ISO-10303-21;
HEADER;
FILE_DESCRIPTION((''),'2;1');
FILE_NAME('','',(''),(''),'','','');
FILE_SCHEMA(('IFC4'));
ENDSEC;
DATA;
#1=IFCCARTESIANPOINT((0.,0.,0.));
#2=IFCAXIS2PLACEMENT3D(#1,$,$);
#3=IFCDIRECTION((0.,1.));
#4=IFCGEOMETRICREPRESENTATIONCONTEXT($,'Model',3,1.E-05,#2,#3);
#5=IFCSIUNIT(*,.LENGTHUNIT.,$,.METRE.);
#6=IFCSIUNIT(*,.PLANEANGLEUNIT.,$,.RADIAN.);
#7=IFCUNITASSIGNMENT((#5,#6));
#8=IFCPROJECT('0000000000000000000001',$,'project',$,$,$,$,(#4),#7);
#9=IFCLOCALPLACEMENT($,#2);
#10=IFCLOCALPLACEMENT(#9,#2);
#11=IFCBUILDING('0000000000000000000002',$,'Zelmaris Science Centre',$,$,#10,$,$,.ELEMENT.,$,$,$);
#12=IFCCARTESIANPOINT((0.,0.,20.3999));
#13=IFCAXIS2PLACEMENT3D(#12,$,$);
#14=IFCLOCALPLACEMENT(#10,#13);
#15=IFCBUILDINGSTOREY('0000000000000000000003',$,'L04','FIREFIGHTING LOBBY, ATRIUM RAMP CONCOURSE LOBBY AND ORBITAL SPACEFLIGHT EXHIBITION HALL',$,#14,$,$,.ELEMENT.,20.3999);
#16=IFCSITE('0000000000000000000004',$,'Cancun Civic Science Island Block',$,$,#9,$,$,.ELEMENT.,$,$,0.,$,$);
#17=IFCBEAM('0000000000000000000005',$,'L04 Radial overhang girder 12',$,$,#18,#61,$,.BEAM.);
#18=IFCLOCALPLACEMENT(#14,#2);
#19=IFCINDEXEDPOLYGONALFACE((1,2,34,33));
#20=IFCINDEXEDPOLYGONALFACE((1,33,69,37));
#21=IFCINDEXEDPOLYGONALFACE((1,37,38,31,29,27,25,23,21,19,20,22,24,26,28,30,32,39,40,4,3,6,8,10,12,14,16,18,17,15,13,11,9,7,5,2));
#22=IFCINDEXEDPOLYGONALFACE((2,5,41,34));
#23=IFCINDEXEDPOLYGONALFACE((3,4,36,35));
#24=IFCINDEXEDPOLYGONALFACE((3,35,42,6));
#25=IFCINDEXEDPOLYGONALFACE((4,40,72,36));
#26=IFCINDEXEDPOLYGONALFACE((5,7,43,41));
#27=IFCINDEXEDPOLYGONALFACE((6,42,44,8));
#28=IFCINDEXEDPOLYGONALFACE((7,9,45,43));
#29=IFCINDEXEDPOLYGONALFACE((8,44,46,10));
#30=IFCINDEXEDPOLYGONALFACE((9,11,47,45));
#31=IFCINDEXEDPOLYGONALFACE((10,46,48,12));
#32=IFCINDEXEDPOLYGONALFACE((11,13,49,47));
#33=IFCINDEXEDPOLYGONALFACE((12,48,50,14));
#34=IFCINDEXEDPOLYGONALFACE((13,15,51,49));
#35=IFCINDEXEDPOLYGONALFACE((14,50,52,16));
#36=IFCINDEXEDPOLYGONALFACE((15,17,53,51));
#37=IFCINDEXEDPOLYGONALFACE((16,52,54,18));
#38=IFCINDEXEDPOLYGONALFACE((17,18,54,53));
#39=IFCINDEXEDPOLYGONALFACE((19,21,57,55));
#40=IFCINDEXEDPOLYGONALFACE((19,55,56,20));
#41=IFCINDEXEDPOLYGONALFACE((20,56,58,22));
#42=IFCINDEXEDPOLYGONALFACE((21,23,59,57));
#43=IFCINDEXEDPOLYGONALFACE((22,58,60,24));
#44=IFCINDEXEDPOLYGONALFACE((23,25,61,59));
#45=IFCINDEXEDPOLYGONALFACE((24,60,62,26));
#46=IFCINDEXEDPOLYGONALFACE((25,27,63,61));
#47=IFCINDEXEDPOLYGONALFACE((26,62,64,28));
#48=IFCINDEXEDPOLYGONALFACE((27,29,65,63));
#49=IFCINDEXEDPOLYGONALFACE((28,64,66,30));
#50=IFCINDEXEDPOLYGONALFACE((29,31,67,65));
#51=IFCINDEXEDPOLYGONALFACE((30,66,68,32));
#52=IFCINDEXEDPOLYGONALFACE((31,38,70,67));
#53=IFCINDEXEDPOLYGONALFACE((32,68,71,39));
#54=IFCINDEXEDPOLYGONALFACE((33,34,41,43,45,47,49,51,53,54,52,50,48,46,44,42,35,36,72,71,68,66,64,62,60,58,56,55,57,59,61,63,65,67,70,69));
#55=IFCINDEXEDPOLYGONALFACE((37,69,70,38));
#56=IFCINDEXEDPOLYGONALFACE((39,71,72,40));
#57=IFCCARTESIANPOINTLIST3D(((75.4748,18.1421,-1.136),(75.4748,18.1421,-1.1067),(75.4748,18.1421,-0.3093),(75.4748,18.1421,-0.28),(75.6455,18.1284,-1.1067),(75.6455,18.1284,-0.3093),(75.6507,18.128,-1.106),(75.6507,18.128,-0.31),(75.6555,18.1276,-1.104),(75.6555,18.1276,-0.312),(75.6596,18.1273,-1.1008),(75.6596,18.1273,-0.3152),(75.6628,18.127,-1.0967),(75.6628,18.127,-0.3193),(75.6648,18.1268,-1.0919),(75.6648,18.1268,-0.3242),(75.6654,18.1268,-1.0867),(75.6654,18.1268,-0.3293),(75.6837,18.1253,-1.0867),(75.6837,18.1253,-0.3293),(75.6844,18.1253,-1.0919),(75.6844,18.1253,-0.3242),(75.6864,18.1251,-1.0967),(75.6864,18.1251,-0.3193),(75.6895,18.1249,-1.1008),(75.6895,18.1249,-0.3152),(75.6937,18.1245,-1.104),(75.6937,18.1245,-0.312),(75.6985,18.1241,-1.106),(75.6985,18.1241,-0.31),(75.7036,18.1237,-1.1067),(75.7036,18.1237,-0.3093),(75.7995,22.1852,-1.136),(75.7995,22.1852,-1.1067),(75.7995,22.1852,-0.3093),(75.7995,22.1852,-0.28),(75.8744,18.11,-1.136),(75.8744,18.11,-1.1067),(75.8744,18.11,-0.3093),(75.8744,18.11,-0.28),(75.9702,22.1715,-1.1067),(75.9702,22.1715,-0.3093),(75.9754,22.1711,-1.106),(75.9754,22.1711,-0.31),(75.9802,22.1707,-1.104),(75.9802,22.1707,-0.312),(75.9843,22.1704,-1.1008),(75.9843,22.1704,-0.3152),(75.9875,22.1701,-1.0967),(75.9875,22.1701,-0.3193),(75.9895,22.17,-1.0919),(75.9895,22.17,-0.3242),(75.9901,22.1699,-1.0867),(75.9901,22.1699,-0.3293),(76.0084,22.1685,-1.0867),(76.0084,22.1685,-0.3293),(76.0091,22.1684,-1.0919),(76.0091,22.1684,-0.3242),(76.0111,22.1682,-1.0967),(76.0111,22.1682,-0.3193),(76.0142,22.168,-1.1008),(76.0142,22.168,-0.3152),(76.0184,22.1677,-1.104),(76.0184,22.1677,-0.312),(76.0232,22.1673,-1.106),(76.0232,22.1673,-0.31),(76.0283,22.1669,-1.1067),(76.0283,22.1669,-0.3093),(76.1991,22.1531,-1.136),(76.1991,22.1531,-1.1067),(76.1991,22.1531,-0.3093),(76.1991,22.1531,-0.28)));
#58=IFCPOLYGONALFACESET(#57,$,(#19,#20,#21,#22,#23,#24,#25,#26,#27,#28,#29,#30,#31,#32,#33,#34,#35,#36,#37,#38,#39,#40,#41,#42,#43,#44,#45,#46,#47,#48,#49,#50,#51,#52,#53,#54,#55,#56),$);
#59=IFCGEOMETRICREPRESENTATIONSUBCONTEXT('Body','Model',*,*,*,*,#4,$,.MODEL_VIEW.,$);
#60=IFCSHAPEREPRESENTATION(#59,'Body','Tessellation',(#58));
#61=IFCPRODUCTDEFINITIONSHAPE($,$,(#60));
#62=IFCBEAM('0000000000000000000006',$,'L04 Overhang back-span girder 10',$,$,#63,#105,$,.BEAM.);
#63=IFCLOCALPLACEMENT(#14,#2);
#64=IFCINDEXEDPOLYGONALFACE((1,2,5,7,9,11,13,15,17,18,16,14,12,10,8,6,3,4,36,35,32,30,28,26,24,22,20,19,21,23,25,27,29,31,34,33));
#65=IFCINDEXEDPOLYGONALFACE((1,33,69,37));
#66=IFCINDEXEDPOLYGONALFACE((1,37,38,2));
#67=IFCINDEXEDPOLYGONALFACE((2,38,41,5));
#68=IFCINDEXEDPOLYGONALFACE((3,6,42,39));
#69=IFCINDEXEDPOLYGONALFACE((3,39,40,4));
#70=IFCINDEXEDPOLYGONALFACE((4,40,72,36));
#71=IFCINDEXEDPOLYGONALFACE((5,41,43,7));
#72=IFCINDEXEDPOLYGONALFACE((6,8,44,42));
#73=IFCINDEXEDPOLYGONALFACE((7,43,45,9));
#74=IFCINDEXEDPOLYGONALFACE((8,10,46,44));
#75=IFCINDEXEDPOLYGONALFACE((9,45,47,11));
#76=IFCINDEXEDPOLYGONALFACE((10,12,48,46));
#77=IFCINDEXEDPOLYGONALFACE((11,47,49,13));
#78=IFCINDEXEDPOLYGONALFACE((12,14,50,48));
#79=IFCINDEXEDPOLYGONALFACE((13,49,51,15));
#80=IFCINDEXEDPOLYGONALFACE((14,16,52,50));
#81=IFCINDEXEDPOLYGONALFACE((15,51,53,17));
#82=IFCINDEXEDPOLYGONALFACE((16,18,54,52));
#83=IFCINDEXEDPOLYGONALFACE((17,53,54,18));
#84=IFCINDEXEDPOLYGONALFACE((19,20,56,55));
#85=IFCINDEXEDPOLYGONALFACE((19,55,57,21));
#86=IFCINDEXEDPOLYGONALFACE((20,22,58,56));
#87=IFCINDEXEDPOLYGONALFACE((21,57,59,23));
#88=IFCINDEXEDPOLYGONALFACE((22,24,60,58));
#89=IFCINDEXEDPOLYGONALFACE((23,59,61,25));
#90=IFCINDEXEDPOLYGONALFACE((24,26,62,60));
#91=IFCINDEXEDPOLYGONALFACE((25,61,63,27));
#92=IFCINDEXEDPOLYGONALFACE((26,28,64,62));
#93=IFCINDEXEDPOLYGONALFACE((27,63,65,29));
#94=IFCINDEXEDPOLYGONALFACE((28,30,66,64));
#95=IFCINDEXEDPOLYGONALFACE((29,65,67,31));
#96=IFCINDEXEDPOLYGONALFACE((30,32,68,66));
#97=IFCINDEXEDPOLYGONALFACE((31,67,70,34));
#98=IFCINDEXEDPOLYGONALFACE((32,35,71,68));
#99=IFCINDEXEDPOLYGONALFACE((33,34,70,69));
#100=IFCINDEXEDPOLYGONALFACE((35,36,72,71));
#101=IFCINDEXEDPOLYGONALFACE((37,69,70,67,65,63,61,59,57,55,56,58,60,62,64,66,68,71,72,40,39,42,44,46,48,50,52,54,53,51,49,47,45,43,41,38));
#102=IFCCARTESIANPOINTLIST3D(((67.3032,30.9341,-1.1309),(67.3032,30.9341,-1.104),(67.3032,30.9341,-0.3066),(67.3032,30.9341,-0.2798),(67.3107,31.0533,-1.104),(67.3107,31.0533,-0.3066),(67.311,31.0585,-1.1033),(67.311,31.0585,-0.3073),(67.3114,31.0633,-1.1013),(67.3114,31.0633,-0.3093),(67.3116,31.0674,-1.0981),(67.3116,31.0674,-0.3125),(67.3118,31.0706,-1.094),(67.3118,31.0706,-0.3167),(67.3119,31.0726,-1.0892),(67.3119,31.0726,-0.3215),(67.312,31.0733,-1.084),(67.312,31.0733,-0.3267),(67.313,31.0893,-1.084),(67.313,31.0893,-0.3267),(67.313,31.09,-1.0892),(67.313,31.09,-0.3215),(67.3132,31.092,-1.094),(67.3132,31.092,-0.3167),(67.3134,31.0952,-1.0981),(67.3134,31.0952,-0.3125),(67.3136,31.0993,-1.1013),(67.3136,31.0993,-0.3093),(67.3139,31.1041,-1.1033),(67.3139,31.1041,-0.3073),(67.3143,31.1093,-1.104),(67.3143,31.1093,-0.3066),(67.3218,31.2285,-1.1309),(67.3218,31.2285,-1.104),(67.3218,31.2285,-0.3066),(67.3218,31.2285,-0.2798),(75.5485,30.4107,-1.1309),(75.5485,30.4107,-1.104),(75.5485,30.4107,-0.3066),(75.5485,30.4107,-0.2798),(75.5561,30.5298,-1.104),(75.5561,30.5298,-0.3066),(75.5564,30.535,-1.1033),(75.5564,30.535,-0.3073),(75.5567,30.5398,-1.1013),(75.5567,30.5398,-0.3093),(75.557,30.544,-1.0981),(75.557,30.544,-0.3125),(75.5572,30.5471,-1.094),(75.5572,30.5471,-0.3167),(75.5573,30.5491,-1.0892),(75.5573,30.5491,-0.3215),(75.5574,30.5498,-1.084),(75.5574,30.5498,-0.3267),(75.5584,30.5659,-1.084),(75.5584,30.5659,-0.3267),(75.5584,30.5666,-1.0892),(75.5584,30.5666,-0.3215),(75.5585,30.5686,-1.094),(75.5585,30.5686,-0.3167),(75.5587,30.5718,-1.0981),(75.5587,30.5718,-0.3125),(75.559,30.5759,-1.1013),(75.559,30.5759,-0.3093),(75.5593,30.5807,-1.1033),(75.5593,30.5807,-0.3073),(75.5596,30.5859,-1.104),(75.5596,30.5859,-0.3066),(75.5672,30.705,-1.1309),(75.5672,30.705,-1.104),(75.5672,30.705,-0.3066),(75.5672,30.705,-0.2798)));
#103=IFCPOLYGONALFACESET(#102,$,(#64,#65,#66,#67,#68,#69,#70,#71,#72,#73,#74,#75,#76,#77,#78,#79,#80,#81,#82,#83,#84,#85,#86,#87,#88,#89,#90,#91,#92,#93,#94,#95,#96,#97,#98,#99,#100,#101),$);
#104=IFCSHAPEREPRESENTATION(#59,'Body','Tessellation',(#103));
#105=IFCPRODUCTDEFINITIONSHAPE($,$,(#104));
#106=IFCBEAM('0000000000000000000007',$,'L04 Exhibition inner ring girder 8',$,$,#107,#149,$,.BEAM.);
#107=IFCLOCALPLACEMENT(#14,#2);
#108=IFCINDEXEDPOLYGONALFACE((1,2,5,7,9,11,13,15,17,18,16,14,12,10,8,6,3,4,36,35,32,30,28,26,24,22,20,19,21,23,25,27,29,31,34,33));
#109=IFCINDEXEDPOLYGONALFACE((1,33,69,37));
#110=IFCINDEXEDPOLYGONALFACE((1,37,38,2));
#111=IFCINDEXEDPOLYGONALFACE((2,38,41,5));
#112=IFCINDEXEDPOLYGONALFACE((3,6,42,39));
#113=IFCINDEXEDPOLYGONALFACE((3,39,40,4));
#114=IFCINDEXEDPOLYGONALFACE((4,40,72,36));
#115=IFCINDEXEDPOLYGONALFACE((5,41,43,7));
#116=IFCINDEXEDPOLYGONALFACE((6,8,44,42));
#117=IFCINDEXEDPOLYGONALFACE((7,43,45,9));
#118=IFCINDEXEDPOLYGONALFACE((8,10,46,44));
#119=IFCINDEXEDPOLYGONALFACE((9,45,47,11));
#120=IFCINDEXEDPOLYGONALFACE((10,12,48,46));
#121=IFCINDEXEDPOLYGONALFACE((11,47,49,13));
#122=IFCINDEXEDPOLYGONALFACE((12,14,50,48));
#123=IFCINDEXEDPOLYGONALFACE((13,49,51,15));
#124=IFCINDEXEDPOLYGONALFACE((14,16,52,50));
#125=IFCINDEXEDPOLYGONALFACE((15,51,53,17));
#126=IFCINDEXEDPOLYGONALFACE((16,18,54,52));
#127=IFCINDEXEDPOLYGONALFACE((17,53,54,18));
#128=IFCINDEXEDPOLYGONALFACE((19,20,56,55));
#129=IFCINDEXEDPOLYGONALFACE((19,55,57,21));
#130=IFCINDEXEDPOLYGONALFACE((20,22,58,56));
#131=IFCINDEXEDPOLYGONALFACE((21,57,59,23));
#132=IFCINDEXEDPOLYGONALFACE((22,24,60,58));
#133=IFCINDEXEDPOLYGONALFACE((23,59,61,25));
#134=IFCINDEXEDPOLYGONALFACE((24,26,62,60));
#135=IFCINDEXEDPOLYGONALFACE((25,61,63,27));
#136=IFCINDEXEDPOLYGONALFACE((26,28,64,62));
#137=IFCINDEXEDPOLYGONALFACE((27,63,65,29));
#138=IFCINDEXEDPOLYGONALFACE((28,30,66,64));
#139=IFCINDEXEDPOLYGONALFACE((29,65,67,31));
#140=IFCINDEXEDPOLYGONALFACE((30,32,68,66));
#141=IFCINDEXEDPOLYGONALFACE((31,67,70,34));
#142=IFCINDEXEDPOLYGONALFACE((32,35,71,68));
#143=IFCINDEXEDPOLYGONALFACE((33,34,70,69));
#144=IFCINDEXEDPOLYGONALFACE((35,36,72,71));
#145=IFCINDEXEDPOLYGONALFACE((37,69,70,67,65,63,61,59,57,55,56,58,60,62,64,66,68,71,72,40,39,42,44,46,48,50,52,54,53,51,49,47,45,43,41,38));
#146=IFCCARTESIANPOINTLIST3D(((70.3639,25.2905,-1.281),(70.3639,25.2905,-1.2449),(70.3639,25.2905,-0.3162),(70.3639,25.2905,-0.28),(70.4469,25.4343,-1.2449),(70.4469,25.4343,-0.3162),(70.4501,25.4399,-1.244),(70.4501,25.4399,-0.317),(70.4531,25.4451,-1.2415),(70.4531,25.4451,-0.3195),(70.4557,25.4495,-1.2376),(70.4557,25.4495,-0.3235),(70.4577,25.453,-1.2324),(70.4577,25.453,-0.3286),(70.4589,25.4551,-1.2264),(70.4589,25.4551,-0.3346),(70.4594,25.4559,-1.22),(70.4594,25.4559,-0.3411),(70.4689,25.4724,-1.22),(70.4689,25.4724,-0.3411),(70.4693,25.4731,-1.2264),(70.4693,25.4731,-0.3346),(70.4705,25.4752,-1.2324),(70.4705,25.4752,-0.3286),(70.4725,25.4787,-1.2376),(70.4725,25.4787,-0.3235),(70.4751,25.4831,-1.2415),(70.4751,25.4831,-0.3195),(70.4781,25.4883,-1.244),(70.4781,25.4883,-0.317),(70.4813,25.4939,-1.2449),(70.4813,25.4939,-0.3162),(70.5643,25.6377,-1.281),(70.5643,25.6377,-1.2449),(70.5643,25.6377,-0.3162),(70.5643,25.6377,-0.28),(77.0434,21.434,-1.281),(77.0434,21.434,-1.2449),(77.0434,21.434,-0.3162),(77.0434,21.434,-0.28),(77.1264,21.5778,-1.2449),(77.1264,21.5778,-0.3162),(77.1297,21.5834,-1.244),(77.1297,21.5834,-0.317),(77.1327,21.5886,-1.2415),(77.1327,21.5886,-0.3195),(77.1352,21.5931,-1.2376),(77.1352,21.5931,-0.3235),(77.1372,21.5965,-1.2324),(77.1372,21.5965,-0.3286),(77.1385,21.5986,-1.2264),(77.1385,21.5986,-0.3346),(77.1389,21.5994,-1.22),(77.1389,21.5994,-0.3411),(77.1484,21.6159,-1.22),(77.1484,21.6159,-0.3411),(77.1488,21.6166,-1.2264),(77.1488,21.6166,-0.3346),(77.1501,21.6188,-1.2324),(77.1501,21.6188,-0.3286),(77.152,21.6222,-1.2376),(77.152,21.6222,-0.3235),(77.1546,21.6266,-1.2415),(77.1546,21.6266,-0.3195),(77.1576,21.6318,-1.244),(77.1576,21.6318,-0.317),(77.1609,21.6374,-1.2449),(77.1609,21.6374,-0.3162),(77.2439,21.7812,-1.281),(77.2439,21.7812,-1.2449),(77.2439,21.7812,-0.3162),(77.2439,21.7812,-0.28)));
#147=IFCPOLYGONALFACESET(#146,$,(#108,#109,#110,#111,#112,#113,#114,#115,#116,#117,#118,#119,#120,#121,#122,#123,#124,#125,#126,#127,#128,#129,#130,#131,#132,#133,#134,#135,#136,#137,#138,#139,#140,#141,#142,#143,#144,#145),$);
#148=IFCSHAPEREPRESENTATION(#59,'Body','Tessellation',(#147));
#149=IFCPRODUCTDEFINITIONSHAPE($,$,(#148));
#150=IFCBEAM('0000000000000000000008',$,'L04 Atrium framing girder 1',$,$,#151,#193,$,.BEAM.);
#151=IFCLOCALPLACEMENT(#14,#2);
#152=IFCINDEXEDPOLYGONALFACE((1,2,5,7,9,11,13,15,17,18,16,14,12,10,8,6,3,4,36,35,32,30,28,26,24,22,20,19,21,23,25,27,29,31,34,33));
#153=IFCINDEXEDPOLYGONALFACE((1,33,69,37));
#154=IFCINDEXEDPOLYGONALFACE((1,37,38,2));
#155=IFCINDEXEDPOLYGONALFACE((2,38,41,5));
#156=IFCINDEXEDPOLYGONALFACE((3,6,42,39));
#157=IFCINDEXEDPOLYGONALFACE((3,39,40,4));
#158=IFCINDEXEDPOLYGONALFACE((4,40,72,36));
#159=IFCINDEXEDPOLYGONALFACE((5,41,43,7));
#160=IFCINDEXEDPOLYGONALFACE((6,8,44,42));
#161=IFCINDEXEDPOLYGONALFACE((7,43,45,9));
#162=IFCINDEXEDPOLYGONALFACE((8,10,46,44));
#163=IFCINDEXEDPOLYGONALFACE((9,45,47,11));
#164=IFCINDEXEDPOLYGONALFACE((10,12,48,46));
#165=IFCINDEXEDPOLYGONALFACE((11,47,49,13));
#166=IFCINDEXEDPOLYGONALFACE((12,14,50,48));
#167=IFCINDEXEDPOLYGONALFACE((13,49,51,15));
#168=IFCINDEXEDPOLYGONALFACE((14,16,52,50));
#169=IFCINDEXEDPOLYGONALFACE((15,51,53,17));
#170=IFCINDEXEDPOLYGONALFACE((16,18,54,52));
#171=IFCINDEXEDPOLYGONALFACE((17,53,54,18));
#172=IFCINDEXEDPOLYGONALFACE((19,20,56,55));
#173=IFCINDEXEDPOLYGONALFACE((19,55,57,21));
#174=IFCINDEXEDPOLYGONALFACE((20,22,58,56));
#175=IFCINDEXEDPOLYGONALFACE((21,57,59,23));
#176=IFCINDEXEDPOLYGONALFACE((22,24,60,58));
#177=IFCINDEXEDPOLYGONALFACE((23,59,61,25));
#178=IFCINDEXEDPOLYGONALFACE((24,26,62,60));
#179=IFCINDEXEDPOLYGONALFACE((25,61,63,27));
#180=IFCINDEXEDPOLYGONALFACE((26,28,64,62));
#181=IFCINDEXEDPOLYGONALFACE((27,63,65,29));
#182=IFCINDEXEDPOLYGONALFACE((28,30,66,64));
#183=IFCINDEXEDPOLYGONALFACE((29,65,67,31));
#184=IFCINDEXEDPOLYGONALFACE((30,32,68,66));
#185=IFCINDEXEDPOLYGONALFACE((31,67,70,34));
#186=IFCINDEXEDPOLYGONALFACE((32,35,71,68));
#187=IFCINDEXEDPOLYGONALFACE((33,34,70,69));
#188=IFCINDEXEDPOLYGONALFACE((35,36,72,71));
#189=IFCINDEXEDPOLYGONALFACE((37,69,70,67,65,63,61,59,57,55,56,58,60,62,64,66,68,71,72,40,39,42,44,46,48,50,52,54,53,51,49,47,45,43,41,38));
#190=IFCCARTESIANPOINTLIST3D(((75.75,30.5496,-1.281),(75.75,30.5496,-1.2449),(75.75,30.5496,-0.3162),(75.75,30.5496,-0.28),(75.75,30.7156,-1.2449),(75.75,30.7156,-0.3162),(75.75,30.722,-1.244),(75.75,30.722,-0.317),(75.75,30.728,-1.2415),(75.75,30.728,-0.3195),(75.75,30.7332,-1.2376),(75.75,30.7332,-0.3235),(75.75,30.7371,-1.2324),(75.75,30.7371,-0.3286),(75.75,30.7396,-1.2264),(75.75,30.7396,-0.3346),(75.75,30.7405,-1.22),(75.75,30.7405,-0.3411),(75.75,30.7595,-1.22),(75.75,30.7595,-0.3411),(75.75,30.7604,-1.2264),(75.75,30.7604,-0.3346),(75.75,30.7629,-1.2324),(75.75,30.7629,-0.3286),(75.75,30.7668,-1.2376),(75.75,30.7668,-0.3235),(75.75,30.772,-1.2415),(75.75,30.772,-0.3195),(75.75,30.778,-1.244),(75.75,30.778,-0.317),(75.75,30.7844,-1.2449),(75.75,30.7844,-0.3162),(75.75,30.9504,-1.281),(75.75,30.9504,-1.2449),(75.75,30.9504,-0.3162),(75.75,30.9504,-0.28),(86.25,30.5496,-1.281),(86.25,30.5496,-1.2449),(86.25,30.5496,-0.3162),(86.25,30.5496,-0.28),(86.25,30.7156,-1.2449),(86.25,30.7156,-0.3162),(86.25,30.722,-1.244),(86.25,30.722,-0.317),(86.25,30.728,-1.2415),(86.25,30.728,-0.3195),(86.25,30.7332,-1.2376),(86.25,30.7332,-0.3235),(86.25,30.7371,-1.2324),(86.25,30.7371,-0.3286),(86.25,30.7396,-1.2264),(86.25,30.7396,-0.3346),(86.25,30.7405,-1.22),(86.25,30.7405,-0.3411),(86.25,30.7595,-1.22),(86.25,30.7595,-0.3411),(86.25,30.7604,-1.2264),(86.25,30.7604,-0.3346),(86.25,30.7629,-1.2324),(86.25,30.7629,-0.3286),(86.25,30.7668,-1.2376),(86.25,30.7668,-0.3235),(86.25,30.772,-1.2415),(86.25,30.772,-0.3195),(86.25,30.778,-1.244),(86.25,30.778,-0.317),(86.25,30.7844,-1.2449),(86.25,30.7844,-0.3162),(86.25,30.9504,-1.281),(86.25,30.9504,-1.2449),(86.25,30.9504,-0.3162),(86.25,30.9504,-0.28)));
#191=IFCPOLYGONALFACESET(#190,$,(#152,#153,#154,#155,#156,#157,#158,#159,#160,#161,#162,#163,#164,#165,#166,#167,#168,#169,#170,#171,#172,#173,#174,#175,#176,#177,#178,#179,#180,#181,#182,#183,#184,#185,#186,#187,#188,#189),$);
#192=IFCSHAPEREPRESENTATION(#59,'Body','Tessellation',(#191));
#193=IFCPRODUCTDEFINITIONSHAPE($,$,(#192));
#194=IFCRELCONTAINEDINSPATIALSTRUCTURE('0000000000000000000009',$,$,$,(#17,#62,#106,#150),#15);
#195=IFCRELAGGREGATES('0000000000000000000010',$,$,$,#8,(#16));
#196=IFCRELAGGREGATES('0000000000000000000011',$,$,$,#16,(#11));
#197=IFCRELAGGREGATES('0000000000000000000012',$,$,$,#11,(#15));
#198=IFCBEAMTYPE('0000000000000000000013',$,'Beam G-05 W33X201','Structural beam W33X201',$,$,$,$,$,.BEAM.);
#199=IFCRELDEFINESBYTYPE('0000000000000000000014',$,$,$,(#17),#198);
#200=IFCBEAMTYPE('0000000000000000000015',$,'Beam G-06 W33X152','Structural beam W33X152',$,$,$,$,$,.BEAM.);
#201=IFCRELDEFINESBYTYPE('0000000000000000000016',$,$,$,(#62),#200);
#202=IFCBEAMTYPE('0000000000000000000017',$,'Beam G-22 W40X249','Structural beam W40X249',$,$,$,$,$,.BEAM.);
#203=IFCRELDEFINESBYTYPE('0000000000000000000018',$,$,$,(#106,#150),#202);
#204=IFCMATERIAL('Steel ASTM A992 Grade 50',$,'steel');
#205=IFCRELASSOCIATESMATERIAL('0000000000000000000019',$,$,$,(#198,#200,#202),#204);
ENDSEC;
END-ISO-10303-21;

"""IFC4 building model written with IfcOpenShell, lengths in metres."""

from ifc_helpers import new_model, si_unit, direction, frame, origin, origin_2d, place, context, subcontext, project, spatial, i_section, extrude, material, material_profile, profile_set, type_object, element, save


model = new_model("IFC4")

# Units and contexts
model_context = context("Model", 3, precision=1e-05, world=origin(), true_north=direction((0.0, 1.0)))
body_context = subcontext(model_context, "Body", "Model", "MODEL_VIEW")
ifc_project = project(units=[si_unit("LENGTHUNIT", "METRE"), si_unit("PLANEANGLEUNIT", "RADIAN")], contexts=[model_context])

# Site, building, storey
site_placement = place(None, origin())
site = spatial("IfcSite", under=ifc_project, at=site_placement, Name="Cancun Civic Science Island Block", CompositionType="ELEMENT", RefElevation=0.0)
building_placement = place(site_placement, origin())
building = spatial("IfcBuilding", under=site, at=building_placement, Name="Zelmaris Science Centre", CompositionType="ELEMENT")
storey_placement = place(building_placement, frame((0.0, 0.0, 20.3999)))
storey = spatial("IfcBuildingStorey", under=building, at=storey_placement, Name="L04", Description="FIREFIGHTING LOBBY, ATRIUM RAMP CONCOURSE LOBBY AND ORBITAL SPACEFLIGHT EXHIBITION HALL", CompositionType="ELEMENT", Elevation=20.3999)

# Shared definitions
ifc_material_1 = material(Name="Steel ASTM A992 Grade 50", Category="steel")

# Beams
ifc_material_profile_1 = material_profile(ifc_material_1, i_section(OverallWidth=0.4009, OverallDepth=0.856, WebThickness=0.0183, FlangeThickness=0.0293, FilletRadius=0.02, at=origin_2d()), Name="W33X201")
ifc_profile_set_1 = profile_set([ifc_material_profile_1], Name="Steel ASTM A992 Grade 50")
beam_type_1 = type_object("IfcBeamType", Name="Beam G-05 W33X201", Description="Structural beam W33X201", PredefinedType="BEAM", material=ifc_profile_set_1)
beam_1_placement = place(storey_placement, frame((75.9993, 22.1692, -0.708), z_axis=(-0.080051, -0.996791, 0.0), x_axis=(0.996791, -0.080051, 0.0)))
element("IfcBeam", 1, at=beam_1_placement, inside=storey, type_object=beam_type_1, Name="L04 Radial overhang girder 12", PredefinedType="BEAM", context=body_context, shape_type="SweptSolid", body=[
    extrude(i_section(OverallWidth=0.4009, OverallDepth=0.856, WebThickness=0.0183, FlangeThickness=0.0293, FilletRadius=0.02, at=origin_2d()), origin(), (0.0, 0.0, 1.0), 4.0562),
])
ifc_material_profile_2 = material_profile(ifc_material_1, i_section(OverallWidth=0.2949, OverallDepth=0.8511, WebThickness=0.0161, FlangeThickness=0.0269, FilletRadius=0.02, at=origin_2d()), Name="W33X152")
ifc_profile_set_2 = profile_set([ifc_material_profile_2], Name="Steel ASTM A992 Grade 50")
beam_type_2 = type_object("IfcBeamType", Name="Beam G-06 W33X152", Description="Structural beam W33X152", PredefinedType="BEAM", material=ifc_profile_set_2)
beam_2_placement = place(storey_placement, frame((75.5579, 30.5579, -0.7053), z_axis=(-0.997991, 0.063355, 0.0), x_axis=(-0.063355, -0.997991, 0.0)))
element("IfcBeam", 2, at=beam_2_placement, inside=storey, type_object=beam_type_2, Name="L04 Overhang back-span girder 10", PredefinedType="BEAM", context=body_context, shape_type="SweptSolid", body=[
    extrude(i_section(OverallWidth=0.2949, OverallDepth=0.8511, WebThickness=0.0161, FlangeThickness=0.0269, FilletRadius=0.02, at=origin_2d()), origin(), (0.0, 0.0, 1.0), 8.262),
])
ifc_material_profile_3 = material_profile(ifc_material_1, i_section(OverallWidth=0.4009, OverallDepth=1.001, WebThickness=0.019, FlangeThickness=0.0361, FilletRadius=0.0249, at=origin_2d()), Name="W40X249")
ifc_profile_set_3 = profile_set([ifc_material_profile_3], Name="Steel ASTM A992 Grade 50")
beam_type_3 = type_object("IfcBeamType", Name="Beam G-22 W40X249", Description="Structural beam W40X249", PredefinedType="BEAM", material=ifc_profile_set_3)
beam_3_placement = place(storey_placement, frame((70.4641, 25.4641, -0.7805), z_axis=(0.866022, -0.500007, 0.0), x_axis=(0.500007, 0.866022, 0.0)))
element("IfcBeam", 3, at=beam_3_placement, inside=storey, type_object=beam_type_3, Name="L04 Exhibition inner ring girder 8", PredefinedType="BEAM", context=body_context, shape_type="SweptSolid", body=[
    extrude(i_section(OverallWidth=0.4009, OverallDepth=1.001, WebThickness=0.019, FlangeThickness=0.0361, FilletRadius=0.0249, at=origin_2d()), origin(), (0.0, 0.0, 1.0), 7.7129),
])
beam_4_placement = place(storey_placement, frame((75.75, 30.75, -0.7805), z_axis=(1.0, 0.0, 0.0), x_axis=(0.0, 1.0, 0.0)))
element("IfcBeam", 4, at=beam_4_placement, inside=storey, type_object=beam_type_3, Name="L04 Atrium framing girder 1", PredefinedType="BEAM", context=body_context, shape_type="SweptSolid", body=[
    extrude(i_section(OverallWidth=0.4009, OverallDepth=1.001, WebThickness=0.019, FlangeThickness=0.0361, FilletRadius=0.0249, at=origin_2d()), origin(), (0.0, 0.0, 1.0), 10.5),
])

save(model, "model.ifc")
